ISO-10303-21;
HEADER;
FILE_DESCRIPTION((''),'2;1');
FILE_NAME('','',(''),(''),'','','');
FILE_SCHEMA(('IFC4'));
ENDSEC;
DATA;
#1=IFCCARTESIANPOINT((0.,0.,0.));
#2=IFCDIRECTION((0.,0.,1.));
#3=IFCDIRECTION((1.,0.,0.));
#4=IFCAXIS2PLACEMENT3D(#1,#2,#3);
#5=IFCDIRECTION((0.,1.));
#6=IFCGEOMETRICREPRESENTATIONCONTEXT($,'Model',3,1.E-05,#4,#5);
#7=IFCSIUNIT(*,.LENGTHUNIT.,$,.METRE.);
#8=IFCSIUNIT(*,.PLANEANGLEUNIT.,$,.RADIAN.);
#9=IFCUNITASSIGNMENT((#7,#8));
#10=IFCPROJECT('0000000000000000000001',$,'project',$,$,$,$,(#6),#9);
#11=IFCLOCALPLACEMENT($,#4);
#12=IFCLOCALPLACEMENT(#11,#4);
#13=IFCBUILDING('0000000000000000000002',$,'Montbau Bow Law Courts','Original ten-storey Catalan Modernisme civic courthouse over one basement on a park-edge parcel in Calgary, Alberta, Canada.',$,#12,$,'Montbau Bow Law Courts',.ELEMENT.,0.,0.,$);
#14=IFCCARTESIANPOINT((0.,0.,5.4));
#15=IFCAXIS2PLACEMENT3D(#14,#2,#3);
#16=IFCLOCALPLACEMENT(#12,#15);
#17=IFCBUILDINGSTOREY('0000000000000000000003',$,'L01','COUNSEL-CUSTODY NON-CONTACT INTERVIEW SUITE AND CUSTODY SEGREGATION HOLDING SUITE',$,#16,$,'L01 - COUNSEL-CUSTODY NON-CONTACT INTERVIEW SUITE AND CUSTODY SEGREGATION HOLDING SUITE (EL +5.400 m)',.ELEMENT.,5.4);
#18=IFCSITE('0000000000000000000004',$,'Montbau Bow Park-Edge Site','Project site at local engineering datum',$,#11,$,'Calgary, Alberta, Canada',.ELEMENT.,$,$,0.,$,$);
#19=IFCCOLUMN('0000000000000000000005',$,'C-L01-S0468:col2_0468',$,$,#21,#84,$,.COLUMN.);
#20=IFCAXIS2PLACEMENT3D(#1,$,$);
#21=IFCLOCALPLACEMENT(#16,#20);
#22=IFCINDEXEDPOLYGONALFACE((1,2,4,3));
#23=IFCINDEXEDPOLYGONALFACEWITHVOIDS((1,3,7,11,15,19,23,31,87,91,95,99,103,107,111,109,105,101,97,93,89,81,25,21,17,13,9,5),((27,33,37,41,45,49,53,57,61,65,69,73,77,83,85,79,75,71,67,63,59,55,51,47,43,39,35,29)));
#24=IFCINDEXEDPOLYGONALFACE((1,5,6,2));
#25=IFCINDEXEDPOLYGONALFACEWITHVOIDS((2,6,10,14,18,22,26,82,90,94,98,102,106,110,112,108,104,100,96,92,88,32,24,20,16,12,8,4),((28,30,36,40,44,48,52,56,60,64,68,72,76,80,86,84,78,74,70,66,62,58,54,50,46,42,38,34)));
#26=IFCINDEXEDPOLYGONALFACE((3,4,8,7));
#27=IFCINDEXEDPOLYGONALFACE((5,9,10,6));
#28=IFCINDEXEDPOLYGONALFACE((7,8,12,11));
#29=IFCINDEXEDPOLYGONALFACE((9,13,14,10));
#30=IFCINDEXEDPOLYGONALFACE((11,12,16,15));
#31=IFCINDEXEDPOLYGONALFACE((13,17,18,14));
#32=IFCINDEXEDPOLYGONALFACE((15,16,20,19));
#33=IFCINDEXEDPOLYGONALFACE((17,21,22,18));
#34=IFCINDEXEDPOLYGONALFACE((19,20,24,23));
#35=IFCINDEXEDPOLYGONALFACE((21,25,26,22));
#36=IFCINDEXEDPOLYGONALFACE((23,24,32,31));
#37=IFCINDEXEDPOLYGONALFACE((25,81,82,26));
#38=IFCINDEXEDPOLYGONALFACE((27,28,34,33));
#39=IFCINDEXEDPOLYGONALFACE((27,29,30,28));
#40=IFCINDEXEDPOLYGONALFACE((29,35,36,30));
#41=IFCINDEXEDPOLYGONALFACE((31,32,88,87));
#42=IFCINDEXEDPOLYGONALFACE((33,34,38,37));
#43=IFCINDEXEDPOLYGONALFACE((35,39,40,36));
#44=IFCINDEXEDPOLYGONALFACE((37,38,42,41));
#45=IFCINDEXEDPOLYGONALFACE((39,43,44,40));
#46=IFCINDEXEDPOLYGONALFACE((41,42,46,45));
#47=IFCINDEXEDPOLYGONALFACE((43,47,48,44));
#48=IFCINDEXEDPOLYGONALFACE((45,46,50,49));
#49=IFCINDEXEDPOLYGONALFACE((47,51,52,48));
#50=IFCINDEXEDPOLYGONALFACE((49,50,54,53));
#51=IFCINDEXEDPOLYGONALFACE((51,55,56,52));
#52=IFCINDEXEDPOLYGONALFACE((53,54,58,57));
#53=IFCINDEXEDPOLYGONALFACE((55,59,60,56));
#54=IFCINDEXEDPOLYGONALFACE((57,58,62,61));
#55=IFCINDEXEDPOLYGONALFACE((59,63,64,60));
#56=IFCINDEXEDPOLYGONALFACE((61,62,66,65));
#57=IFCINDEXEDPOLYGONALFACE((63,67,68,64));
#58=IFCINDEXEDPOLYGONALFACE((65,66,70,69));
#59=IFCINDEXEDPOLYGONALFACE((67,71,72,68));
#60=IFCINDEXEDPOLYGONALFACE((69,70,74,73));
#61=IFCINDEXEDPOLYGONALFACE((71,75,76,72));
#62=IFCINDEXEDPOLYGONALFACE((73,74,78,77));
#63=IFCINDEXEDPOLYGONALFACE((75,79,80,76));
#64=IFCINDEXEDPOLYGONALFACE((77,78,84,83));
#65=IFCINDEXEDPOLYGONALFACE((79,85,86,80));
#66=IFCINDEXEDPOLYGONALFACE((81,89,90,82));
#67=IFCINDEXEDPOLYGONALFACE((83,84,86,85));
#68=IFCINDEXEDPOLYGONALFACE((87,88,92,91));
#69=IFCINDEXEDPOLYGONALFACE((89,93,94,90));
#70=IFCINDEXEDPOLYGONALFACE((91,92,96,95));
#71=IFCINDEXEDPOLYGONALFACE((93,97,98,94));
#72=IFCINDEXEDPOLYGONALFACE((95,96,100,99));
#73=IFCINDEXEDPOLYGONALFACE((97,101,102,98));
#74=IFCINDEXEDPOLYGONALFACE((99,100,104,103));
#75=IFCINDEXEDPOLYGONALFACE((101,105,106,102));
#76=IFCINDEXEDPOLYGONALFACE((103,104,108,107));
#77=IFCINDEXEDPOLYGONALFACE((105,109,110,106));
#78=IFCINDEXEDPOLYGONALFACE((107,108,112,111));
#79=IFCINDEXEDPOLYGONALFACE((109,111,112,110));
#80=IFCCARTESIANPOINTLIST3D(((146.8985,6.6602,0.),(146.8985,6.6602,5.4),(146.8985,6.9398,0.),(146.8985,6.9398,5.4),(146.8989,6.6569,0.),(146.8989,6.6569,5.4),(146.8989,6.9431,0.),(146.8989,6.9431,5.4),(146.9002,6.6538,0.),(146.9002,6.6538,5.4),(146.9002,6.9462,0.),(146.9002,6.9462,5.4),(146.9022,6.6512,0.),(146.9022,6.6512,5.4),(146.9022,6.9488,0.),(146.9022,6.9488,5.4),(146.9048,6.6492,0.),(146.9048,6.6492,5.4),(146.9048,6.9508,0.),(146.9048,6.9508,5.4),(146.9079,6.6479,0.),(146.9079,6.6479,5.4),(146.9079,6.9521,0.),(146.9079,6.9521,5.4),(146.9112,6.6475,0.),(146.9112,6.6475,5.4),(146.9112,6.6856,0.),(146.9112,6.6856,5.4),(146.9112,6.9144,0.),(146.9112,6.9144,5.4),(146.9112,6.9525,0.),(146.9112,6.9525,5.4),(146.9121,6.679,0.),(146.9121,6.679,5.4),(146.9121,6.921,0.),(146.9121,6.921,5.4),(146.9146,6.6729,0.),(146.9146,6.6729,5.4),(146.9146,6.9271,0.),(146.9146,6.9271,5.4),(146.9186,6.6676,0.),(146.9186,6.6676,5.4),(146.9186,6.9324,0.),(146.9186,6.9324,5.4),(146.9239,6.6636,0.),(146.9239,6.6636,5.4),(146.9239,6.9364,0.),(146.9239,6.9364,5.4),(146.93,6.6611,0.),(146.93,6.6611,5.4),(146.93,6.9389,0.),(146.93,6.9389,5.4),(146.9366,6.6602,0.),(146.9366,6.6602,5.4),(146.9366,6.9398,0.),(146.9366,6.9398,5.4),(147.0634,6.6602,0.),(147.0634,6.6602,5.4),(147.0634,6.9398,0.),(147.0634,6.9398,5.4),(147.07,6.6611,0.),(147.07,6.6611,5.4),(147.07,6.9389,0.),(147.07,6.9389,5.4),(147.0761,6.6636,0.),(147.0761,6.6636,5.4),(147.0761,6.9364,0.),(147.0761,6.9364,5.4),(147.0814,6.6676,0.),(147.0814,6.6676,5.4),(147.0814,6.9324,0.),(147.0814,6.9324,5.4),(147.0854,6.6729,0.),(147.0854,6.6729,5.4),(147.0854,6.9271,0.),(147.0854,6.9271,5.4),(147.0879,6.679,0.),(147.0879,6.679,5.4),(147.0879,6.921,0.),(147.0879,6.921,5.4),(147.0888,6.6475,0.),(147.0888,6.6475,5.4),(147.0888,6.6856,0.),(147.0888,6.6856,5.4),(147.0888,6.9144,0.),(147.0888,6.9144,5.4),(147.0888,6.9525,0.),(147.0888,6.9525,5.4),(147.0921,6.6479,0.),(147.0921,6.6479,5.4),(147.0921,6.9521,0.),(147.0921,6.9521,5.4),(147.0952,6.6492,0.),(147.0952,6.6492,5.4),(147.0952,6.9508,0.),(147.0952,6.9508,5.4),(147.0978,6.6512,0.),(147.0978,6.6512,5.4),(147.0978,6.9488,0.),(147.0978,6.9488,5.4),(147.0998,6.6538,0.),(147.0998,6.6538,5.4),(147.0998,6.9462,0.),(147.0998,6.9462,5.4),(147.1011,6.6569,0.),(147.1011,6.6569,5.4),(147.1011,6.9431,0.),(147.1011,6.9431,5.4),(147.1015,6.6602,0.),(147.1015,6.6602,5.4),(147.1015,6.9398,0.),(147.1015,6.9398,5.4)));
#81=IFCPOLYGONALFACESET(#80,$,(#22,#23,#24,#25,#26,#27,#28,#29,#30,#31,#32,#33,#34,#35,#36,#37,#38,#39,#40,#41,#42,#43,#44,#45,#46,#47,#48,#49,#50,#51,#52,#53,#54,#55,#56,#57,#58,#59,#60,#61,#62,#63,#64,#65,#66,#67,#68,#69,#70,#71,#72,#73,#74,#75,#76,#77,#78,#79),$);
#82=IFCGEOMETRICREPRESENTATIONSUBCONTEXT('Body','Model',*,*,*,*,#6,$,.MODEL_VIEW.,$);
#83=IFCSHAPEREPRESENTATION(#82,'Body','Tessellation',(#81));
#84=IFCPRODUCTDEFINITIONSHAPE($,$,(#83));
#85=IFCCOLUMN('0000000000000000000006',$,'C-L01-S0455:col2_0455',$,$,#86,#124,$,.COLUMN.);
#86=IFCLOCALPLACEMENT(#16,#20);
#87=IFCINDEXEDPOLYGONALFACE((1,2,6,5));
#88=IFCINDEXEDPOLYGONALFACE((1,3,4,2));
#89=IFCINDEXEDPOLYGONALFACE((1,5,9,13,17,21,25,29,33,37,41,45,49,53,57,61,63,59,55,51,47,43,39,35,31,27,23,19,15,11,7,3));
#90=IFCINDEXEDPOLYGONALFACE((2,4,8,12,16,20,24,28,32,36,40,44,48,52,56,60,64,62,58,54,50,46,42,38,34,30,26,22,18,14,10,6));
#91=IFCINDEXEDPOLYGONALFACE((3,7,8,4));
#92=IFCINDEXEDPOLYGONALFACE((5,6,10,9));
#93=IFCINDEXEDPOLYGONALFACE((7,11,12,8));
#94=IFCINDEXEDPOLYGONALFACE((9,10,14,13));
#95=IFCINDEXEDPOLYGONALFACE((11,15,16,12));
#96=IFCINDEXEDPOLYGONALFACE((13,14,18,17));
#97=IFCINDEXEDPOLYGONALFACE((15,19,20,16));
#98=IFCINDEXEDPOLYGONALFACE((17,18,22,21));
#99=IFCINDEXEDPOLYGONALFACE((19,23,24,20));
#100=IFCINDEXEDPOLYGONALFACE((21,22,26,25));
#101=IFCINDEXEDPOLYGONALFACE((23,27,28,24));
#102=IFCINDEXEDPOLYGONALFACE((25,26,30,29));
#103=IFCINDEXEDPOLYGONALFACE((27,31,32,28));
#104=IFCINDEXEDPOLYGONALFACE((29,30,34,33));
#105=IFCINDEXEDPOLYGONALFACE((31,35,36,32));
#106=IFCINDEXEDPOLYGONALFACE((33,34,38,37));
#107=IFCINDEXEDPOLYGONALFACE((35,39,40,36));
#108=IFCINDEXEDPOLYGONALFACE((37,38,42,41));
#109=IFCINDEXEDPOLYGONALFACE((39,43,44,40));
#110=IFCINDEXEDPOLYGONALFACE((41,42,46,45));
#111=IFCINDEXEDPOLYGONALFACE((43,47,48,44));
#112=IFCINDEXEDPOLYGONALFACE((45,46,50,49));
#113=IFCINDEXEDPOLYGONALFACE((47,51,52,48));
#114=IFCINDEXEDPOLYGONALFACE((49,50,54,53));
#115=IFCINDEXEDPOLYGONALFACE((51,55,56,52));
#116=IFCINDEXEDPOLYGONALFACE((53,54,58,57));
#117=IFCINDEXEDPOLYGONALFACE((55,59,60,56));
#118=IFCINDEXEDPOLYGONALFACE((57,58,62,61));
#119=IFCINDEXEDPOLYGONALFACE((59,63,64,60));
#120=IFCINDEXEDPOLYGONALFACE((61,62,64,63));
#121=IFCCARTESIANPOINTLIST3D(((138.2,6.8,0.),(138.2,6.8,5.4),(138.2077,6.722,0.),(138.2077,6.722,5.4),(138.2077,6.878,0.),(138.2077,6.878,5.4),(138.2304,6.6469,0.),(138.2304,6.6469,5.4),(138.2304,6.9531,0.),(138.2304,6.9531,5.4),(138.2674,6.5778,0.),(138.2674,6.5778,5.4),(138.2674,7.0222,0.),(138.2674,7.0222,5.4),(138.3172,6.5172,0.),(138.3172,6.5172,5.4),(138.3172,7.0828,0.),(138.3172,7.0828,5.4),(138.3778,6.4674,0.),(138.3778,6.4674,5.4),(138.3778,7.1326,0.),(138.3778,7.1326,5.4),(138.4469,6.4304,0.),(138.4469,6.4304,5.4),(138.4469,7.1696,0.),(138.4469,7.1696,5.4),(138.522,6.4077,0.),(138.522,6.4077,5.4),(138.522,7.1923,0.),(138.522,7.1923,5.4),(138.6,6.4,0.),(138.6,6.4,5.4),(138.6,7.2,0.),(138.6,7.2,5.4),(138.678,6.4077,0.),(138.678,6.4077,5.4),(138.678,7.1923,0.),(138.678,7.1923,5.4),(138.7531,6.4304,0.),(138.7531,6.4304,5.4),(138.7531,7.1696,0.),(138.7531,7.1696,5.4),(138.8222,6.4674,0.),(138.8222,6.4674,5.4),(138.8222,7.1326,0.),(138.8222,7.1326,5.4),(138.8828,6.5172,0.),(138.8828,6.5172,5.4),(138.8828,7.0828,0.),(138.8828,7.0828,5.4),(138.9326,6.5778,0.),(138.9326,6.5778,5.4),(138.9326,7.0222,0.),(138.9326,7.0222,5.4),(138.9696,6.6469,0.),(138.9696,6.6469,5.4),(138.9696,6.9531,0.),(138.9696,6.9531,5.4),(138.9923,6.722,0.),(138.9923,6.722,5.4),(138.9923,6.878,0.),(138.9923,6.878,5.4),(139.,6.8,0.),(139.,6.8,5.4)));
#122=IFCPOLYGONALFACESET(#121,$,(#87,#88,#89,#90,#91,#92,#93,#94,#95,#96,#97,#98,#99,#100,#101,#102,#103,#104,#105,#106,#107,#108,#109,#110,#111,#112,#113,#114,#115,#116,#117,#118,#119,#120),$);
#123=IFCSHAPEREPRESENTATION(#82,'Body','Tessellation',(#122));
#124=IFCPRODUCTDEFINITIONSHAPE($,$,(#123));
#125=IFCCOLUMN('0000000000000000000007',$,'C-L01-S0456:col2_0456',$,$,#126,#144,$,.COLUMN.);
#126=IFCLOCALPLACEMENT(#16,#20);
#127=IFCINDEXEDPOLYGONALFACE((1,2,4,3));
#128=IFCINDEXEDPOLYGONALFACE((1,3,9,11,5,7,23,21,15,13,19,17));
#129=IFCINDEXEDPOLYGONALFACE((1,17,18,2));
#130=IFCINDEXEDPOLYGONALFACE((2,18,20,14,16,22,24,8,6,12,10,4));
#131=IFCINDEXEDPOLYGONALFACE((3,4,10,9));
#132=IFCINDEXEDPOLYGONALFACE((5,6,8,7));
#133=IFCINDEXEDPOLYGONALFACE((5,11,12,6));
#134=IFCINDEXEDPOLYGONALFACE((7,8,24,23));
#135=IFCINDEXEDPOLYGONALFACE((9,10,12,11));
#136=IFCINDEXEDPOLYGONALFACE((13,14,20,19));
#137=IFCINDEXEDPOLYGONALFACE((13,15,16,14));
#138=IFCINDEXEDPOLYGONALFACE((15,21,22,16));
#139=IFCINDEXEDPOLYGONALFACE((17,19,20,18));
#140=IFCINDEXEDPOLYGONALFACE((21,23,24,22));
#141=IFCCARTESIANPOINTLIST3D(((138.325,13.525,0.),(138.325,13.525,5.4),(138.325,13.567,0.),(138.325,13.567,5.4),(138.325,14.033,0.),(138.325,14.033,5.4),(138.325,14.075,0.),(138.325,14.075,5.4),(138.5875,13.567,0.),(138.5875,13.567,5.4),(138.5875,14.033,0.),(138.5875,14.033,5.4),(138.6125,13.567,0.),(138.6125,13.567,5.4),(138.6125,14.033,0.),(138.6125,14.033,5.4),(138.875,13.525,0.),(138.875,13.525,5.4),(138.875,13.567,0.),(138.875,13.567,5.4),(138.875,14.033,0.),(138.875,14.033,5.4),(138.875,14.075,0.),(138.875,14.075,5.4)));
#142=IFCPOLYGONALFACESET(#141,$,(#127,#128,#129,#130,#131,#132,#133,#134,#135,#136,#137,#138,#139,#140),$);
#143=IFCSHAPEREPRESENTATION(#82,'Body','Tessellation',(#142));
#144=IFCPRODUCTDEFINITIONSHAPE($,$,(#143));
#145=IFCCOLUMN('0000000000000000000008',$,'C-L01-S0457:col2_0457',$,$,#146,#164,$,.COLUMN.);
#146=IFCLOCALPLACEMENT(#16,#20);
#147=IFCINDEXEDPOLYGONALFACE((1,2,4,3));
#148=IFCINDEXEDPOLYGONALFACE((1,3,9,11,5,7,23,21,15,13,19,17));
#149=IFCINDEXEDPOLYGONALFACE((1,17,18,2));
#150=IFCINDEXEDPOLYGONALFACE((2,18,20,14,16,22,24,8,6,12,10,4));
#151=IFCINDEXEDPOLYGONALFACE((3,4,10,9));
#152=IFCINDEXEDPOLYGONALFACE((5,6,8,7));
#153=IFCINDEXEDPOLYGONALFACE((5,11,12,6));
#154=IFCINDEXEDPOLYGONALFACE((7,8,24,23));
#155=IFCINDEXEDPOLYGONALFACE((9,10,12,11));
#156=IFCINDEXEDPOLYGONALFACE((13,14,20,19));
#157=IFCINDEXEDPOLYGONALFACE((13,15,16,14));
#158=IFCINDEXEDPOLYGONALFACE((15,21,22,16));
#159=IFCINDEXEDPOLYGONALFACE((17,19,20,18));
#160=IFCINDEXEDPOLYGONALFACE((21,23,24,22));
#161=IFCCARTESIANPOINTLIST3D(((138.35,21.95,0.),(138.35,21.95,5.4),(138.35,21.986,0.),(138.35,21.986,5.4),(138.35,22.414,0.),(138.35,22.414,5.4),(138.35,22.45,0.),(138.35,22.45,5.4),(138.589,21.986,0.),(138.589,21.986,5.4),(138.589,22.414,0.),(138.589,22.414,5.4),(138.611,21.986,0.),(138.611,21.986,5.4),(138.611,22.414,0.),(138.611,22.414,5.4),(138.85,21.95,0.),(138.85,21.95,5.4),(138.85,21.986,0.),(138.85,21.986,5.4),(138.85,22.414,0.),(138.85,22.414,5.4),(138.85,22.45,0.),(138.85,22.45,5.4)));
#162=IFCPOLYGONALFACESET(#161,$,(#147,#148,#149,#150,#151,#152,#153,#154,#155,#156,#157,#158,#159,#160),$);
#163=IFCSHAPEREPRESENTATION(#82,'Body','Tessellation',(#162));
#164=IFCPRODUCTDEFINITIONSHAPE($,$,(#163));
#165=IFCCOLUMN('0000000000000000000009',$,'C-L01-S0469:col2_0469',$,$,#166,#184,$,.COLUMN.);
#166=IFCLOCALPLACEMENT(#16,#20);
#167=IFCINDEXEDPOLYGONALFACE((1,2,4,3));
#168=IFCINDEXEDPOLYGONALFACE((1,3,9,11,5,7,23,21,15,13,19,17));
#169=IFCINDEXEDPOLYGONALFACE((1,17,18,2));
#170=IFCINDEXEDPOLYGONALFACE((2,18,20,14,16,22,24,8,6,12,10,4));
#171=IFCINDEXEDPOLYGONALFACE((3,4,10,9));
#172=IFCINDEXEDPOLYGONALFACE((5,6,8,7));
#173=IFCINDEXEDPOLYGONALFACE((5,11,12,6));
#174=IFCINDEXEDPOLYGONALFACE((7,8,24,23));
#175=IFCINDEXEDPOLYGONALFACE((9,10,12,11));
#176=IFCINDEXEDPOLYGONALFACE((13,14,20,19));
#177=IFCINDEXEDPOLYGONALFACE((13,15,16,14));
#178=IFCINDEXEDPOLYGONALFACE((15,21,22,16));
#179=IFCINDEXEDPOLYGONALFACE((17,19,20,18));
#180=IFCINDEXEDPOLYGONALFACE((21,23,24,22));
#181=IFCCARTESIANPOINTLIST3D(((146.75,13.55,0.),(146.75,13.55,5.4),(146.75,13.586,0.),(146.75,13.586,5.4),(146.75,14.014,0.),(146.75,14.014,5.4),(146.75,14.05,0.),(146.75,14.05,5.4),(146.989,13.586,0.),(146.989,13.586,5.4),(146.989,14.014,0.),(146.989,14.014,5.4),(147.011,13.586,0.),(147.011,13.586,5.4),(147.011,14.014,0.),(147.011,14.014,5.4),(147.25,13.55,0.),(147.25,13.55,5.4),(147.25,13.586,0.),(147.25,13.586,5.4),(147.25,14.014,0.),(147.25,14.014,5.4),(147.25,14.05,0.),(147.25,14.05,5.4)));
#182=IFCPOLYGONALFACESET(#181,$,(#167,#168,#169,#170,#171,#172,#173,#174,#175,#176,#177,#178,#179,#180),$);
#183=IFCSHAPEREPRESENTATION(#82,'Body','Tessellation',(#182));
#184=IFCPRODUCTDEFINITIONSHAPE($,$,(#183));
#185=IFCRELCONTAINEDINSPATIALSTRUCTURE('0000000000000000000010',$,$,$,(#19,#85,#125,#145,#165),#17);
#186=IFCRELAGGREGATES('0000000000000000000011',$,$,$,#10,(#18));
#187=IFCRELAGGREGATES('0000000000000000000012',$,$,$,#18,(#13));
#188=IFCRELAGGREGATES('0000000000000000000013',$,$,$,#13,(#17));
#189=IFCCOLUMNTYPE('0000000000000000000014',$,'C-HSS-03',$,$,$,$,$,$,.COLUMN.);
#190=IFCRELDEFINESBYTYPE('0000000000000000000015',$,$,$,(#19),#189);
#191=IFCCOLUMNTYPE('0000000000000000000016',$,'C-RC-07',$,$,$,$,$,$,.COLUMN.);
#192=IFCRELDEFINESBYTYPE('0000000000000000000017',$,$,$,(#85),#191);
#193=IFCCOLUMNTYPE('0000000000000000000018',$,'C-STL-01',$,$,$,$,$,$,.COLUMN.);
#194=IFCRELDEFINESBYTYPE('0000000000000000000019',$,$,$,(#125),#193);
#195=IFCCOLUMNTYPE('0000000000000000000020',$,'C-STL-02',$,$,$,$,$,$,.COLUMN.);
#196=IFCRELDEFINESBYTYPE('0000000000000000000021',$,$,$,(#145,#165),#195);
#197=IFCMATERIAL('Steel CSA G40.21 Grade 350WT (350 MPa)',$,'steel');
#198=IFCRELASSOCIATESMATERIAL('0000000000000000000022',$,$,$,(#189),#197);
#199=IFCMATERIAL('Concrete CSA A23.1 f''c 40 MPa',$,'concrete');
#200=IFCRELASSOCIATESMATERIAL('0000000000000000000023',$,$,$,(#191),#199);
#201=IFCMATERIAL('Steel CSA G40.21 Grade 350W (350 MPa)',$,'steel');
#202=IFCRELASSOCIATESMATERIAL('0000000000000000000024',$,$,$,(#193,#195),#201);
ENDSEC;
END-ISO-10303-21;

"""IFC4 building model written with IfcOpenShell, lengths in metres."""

from ifc_helpers import new_model, si_unit, direction, frame, origin_with_axes, origin_2d_with_axis, place, context, subcontext, project, spatial, hollow_rectangle, circle, i_section, extrude, material, material_profile, profile_set, type_object, element, save


model = new_model("IFC4")

# Units and contexts
model_context = context("Model", 3, precision=1e-05, world=origin_with_axes(), true_north=direction((0.0, 1.0)))
body_context = subcontext(model_context, "Body", "Model", "MODEL_VIEW")
ifc_project = project(units=[si_unit("LENGTHUNIT", "METRE"), si_unit("PLANEANGLEUNIT", "RADIAN")], contexts=[model_context])

# Site, building, storey
site_placement = place(None, origin_with_axes())
site = spatial("IfcSite", under=ifc_project, at=site_placement, Name="Montbau Bow Park-Edge Site", Description="Project site at local engineering datum", LongName="Calgary, Alberta, Canada", CompositionType="ELEMENT", RefElevation=0.0)
building_placement = place(site_placement, origin_with_axes())
building = spatial("IfcBuilding", under=site, at=building_placement, Name="Montbau Bow Law Courts", Description="Original ten-storey Catalan Modernisme civic courthouse over one basement on a park-edge parcel in Calgary, Alberta, Canada.", LongName="Montbau Bow Law Courts", CompositionType="ELEMENT", ElevationOfRefHeight=0.0, ElevationOfTerrain=0.0)
storey_placement = place(building_placement, frame((0.0, 0.0, 5.4), z_axis=(0.0, 0.0, 1.0), x_axis=(1.0, 0.0, 0.0)))
storey = spatial("IfcBuildingStorey", under=building, at=storey_placement, Name="L01", Description="COUNSEL-CUSTODY NON-CONTACT INTERVIEW SUITE AND CUSTODY SEGREGATION HOLDING SUITE", LongName="L01 - COUNSEL-CUSTODY NON-CONTACT INTERVIEW SUITE AND CUSTODY SEGREGATION HOLDING SUITE (EL +5.400 m)", CompositionType="ELEMENT", Elevation=5.4)

# Columns
ifc_material_1 = material(Name="Steel CSA G40.21 Grade 350WT (350 MPa)", Category="steel")
ifc_material_profile_1 = material_profile(ifc_material_1, hollow_rectangle(XDim=0.203, YDim=0.305, WallThickness=0.0127, InnerFilletRadius=0.0254, OuterFilletRadius=0.0127, at=origin_2d_with_axis()), Name="HSS305X203X13", Category="Main", Priority=0)
ifc_profile_set_1 = profile_set([ifc_material_profile_1], Name="Steel CSA G40.21 Grade 350WT (350 MPa)")
column_type_1 = type_object("IfcColumnType", Name="C-HSS-03", PredefinedType="COLUMN", material=ifc_profile_set_1)
column_1_placement = place(None, frame((147.0, 6.8, 5.4), z_axis=(0.0, 0.0, 1.0), x_axis=(1.0, 0.0, 0.0)))
element("IfcColumn", 1, at=column_1_placement, inside=storey, type_object=column_type_1, Name="C-L01-S0468:col2_0468", PredefinedType="COLUMN", context=body_context, shape_type="SweptSolid", body=[
    extrude(hollow_rectangle(XDim=0.203, YDim=0.305, WallThickness=0.0127, InnerFilletRadius=0.0254, OuterFilletRadius=0.0127, at=origin_2d_with_axis()), origin_with_axes(), (0.0, 0.0, 1.0), 5.4),
])
ifc_material_2 = material(Name="Concrete CSA A23.1 f'c 40 MPa", Category="concrete")
ifc_material_profile_2 = material_profile(ifc_material_2, circle(Radius=0.4, at=origin_2d_with_axis()), Name="RC800D", Category="Main", Priority=0)
ifc_profile_set_2 = profile_set([ifc_material_profile_2], Name="Concrete CSA A23.1 f'c 40 MPa")
column_type_2 = type_object("IfcColumnType", Name="C-RC-07", PredefinedType="COLUMN", material=ifc_profile_set_2)
column_2_placement = place(None, frame((138.6, 6.8, 5.4), z_axis=(0.0, 0.0, 1.0), x_axis=(1.0, 0.0, 0.0)))
element("IfcColumn", 2, at=column_2_placement, inside=storey, type_object=column_type_2, Name="C-L01-S0455:col2_0455", PredefinedType="COLUMN", context=body_context, shape_type="SweptSolid", body=[
    extrude(circle(Radius=0.4, at=origin_2d_with_axis()), origin_with_axes(), (0.0, 0.0, 1.0), 5.4),
])
ifc_material_3 = material(Name="Steel CSA G40.21 Grade 350W (350 MPa)", Category="steel")
ifc_material_profile_3 = material_profile(ifc_material_3, i_section(OverallWidth=0.55, OverallDepth=0.55, WebThickness=0.025, FlangeThickness=0.042, at=origin_2d_with_axis()), Name="WWF550X420", Category="Main", Priority=0)
ifc_profile_set_3 = profile_set([ifc_material_profile_3], Name="Steel CSA G40.21 Grade 350W (350 MPa)")
column_type_3 = type_object("IfcColumnType", Name="C-STL-01", PredefinedType="COLUMN", material=ifc_profile_set_3)
column_3_placement = place(None, frame((138.6, 13.8, 5.4), z_axis=(0.0, 0.0, 1.0), x_axis=(1.0, 0.0, 0.0)))
element("IfcColumn", 3, at=column_3_placement, inside=storey, type_object=column_type_3, Name="C-L01-S0456:col2_0456", PredefinedType="COLUMN", context=body_context, shape_type="SweptSolid", body=[
    extrude(i_section(OverallWidth=0.55, OverallDepth=0.55, WebThickness=0.025, FlangeThickness=0.042, at=origin_2d_with_axis()), origin_with_axes(), (0.0, 0.0, 1.0), 5.4),
])
ifc_material_profile_4 = material_profile(ifc_material_3, i_section(OverallWidth=0.5, OverallDepth=0.5, WebThickness=0.022, FlangeThickness=0.036, at=origin_2d_with_axis()), Name="WWF500X343", Category="Main", Priority=0)
ifc_profile_set_4 = profile_set([ifc_material_profile_4], Name="Steel CSA G40.21 Grade 350W (350 MPa)")
column_type_4 = type_object("IfcColumnType", Name="C-STL-02", PredefinedType="COLUMN", material=ifc_profile_set_4)
for number, where, z_axis, x_axis, name in (
    (4, (138.6, 22.2, 5.4), (0.0, 0.0, 1.0), (1.0, 0.0, 0.0), "C-L01-S0457:col2_0457"),
    (5, (147.0, 13.8, 5.4), (0.0, 0.0, 1.0), (1.0, 0.0, 0.0), "C-L01-S0469:col2_0469"),
):
    element("IfcColumn", number, at=place(None, frame(where, z_axis=z_axis, x_axis=x_axis)), inside=storey, type_object=column_type_4, Name=name, PredefinedType="COLUMN", context=body_context, shape_type="SweptSolid", body=[
        extrude(i_section(OverallWidth=0.5, OverallDepth=0.5, WebThickness=0.022, FlangeThickness=0.036, at=origin_2d_with_axis()), origin_with_axes(), (0.0, 0.0, 1.0), 5.4),
    ])

save(model, "model.ifc")
